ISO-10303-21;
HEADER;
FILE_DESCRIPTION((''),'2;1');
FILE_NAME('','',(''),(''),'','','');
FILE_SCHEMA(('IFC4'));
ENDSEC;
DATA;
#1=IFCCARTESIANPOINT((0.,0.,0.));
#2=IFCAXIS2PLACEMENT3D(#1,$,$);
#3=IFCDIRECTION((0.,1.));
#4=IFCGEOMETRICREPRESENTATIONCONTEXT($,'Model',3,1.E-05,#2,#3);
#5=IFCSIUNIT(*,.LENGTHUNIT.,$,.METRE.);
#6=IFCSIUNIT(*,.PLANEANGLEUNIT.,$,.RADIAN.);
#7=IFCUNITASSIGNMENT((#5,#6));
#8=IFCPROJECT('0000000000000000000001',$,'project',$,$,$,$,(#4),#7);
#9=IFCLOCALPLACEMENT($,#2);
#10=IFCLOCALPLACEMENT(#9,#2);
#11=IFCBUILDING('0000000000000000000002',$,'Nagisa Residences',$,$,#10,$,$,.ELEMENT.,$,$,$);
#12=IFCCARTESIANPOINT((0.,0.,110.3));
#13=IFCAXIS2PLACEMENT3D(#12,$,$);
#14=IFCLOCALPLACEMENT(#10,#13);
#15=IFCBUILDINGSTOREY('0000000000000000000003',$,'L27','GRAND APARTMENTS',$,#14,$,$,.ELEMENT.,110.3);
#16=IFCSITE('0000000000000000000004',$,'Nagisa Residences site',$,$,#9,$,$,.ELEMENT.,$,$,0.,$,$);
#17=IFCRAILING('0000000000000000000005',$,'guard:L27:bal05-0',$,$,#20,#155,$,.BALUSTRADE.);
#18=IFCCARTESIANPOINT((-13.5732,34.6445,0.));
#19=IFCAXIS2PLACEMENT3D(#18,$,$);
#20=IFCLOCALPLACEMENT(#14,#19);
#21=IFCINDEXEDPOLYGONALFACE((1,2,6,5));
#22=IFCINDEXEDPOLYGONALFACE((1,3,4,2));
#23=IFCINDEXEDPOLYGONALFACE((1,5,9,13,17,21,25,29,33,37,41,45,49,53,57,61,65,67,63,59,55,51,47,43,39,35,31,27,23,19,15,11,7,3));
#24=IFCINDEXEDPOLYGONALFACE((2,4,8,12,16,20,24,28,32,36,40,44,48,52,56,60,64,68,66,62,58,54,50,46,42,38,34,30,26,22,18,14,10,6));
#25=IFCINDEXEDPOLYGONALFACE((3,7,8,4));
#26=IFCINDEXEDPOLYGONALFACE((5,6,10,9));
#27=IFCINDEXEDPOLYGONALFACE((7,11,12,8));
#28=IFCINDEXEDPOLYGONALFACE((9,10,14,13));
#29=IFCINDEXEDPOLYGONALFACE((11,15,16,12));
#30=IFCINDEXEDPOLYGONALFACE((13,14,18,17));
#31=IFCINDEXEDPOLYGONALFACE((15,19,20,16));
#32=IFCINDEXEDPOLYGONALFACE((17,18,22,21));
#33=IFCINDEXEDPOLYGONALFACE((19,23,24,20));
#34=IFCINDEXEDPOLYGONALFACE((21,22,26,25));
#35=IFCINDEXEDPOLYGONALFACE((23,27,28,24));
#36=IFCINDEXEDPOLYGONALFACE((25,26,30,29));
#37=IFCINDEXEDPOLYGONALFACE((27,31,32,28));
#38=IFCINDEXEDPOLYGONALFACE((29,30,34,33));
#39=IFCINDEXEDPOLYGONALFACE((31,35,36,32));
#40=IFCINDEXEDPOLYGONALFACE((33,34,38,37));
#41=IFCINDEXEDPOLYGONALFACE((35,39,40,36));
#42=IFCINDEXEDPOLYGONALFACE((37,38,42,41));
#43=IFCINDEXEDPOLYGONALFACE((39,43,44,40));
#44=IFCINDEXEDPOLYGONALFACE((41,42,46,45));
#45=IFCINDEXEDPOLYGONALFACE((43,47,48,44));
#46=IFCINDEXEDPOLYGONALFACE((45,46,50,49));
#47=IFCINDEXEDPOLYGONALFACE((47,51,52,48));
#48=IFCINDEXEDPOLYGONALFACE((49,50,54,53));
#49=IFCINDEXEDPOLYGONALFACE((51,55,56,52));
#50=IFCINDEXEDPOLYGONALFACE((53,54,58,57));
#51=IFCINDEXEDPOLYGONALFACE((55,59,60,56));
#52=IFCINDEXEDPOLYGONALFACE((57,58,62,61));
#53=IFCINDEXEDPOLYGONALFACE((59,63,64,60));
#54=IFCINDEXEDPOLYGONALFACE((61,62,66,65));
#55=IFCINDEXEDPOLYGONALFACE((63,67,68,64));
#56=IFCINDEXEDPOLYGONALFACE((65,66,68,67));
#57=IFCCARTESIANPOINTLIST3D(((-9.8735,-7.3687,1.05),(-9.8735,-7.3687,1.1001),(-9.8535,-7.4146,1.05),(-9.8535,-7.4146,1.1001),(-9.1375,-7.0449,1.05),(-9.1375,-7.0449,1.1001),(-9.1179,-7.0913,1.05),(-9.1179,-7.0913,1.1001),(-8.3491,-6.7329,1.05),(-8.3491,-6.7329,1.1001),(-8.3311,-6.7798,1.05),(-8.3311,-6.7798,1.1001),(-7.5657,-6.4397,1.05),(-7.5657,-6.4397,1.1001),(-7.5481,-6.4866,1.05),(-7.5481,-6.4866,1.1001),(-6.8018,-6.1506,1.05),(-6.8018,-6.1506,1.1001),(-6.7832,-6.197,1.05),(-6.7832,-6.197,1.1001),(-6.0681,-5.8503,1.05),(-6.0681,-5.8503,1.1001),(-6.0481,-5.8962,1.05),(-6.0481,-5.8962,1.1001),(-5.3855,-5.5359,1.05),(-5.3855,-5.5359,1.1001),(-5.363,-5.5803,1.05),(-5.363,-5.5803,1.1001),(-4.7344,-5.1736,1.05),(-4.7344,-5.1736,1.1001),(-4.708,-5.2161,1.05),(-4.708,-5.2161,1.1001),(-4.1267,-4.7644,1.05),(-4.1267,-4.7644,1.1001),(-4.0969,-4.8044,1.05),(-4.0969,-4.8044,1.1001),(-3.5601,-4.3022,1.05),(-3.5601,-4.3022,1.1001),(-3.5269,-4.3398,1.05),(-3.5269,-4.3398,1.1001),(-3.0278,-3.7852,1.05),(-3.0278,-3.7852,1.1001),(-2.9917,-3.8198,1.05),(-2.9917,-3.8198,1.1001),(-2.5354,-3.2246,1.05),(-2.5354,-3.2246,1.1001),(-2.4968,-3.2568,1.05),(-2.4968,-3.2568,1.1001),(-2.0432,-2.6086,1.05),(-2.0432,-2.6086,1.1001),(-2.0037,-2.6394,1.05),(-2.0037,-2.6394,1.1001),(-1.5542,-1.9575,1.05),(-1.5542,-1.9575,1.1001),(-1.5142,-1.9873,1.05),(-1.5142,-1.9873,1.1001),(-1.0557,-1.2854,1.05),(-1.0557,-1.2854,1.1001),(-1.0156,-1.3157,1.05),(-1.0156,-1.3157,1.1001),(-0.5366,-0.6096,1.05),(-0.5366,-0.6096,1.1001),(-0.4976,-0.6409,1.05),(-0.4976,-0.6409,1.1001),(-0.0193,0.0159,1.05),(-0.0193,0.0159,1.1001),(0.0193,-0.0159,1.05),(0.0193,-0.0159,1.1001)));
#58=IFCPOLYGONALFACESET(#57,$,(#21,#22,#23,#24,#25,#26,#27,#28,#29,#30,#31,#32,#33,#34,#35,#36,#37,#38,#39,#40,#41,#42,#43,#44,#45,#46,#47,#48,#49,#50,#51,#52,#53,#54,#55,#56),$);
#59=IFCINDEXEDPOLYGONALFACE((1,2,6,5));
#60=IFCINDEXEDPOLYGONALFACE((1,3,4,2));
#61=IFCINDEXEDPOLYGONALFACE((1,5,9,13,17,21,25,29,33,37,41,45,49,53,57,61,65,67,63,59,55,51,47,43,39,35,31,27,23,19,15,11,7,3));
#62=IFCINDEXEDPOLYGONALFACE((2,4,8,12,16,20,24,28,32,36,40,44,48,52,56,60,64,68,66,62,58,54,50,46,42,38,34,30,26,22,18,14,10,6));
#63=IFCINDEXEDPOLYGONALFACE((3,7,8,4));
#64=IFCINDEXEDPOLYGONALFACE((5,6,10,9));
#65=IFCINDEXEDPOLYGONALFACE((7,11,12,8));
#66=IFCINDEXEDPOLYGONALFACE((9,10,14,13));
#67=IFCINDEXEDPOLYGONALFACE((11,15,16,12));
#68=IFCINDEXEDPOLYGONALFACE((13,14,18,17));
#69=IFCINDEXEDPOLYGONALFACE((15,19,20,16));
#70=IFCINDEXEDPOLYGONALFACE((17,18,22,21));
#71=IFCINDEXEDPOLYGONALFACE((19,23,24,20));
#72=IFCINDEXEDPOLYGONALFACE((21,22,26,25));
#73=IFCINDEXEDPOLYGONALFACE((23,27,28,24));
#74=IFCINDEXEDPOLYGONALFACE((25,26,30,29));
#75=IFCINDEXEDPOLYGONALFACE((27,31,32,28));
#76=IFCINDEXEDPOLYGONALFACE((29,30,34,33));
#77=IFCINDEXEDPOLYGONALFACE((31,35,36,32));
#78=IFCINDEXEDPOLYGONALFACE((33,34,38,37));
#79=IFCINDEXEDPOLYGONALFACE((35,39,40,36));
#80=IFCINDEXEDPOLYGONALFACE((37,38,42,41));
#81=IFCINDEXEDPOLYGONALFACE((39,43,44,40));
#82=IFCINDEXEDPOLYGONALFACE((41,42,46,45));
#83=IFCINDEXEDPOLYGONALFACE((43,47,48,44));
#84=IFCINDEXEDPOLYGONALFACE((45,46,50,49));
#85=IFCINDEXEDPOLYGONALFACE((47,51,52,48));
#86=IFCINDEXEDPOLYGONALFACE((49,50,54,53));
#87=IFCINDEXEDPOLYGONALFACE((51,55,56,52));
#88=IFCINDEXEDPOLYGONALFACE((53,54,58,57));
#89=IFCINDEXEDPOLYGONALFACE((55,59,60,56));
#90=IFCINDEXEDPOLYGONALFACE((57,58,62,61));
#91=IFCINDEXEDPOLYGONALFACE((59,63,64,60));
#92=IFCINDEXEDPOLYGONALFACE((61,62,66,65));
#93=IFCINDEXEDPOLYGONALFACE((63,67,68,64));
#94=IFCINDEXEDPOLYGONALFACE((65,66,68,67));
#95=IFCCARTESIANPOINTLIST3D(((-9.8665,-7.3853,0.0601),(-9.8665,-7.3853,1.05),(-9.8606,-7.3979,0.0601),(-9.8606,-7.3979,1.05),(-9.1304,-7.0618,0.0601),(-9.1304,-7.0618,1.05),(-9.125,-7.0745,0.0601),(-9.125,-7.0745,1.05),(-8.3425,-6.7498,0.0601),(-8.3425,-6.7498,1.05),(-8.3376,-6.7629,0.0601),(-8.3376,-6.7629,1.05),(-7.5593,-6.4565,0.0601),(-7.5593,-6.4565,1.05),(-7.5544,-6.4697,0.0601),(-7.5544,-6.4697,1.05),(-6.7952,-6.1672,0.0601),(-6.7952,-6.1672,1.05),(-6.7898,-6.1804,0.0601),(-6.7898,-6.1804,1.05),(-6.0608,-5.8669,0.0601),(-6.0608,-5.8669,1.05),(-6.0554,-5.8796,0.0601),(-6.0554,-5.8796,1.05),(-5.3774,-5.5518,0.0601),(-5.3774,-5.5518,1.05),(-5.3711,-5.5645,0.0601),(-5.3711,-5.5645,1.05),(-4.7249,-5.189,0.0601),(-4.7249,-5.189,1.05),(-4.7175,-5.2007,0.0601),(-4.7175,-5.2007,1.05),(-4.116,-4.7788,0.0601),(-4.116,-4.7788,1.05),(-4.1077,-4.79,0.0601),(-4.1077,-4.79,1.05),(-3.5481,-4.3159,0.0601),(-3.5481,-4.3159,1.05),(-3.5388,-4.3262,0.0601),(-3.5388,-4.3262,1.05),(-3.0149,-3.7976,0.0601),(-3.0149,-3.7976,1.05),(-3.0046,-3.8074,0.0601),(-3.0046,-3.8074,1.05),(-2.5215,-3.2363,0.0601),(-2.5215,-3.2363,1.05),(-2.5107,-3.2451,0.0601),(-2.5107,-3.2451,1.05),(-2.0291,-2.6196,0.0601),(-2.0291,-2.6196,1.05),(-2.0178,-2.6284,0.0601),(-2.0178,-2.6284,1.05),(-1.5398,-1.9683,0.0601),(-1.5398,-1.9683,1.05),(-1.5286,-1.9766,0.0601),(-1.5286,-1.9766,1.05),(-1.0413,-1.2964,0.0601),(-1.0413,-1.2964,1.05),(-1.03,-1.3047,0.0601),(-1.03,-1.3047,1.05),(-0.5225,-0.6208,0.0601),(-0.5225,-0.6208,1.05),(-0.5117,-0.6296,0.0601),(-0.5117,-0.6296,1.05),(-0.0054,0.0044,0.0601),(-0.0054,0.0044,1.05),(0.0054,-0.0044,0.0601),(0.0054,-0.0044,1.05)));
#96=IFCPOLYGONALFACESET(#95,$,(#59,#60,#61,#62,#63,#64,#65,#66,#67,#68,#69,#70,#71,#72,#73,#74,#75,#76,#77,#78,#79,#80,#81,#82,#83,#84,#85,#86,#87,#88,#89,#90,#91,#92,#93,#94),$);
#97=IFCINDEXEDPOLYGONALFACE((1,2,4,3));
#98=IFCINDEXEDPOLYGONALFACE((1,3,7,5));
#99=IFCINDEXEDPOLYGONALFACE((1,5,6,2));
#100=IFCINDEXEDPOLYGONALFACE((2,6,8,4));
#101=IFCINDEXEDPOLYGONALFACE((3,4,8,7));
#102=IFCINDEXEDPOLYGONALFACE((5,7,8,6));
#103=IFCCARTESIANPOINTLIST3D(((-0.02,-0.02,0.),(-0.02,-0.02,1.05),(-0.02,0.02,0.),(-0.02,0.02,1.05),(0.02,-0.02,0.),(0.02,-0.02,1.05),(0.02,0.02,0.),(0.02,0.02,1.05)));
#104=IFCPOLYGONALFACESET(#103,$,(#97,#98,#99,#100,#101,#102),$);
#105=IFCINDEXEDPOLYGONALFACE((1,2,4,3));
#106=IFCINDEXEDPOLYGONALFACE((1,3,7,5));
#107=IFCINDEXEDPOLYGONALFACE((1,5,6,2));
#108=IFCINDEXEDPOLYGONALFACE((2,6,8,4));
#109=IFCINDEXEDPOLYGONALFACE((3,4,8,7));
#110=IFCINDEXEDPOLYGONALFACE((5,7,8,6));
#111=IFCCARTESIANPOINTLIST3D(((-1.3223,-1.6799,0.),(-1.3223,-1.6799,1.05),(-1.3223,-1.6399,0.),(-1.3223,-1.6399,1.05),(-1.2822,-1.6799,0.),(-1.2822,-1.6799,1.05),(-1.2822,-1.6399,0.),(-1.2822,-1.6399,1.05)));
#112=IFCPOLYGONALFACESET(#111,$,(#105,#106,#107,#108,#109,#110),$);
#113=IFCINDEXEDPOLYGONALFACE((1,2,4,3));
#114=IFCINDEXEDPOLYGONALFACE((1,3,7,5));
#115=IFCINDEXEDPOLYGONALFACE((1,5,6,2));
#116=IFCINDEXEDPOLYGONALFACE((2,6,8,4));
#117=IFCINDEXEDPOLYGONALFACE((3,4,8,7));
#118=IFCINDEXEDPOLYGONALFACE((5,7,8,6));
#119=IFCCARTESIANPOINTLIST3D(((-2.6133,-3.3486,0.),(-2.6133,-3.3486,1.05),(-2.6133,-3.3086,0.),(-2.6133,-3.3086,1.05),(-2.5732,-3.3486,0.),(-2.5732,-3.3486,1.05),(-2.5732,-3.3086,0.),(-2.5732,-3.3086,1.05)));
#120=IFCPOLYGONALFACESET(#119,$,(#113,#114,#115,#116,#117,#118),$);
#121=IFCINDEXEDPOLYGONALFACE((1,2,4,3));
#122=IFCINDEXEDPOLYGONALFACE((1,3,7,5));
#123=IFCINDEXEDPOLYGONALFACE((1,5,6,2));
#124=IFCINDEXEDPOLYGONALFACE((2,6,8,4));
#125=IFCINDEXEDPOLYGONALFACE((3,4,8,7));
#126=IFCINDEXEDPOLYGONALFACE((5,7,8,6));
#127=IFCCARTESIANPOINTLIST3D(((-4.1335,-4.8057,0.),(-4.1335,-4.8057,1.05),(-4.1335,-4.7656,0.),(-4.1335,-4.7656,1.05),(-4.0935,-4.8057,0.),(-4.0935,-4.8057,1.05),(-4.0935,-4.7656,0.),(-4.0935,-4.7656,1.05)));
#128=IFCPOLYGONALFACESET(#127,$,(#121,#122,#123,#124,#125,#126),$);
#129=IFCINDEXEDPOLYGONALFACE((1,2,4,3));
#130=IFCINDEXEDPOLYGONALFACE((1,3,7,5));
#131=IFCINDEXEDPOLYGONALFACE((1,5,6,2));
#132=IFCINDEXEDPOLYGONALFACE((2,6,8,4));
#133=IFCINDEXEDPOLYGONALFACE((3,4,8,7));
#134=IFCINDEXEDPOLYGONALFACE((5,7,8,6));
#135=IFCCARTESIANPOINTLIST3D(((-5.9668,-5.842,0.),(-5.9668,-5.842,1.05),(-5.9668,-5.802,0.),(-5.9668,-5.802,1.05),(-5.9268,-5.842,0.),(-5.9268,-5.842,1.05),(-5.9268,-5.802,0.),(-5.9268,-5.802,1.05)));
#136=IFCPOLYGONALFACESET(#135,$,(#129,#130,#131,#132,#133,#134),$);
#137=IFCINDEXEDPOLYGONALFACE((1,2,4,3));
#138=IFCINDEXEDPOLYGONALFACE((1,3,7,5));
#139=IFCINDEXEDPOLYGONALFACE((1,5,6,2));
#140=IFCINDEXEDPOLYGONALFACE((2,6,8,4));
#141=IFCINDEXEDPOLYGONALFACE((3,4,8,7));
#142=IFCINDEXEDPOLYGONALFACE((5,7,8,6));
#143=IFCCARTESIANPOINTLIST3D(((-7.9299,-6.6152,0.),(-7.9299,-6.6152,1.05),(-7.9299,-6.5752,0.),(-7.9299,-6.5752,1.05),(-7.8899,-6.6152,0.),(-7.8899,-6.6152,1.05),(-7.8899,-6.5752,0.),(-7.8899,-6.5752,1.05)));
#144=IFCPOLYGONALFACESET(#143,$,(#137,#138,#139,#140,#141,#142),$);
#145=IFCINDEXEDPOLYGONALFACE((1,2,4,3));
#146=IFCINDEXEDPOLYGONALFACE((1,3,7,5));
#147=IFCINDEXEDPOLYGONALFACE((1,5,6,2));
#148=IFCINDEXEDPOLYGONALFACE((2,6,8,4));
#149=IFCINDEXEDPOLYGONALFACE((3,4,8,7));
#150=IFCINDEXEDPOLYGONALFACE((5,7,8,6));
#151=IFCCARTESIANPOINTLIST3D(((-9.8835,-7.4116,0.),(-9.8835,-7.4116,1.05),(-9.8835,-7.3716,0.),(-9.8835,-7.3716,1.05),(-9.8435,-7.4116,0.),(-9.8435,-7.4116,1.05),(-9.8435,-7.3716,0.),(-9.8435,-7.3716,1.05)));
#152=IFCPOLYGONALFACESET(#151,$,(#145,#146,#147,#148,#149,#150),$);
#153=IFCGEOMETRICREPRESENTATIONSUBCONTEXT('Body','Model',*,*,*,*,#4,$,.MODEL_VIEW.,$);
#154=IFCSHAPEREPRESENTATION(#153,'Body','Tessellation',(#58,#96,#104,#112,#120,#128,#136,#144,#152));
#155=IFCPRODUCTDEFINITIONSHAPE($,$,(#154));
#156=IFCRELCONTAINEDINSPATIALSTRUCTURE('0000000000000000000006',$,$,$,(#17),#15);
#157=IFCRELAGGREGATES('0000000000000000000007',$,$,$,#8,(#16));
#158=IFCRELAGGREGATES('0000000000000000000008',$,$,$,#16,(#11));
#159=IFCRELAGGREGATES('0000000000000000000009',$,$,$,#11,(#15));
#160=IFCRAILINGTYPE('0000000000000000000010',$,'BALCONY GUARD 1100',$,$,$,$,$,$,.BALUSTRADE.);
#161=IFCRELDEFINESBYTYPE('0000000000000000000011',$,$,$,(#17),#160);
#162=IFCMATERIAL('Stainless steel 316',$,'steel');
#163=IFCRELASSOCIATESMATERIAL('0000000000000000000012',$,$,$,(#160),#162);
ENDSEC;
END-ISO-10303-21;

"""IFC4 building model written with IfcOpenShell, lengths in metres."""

from ifc_helpers import new_model, si_unit, direction, frame, origin, origin_2d, place, context, subcontext, project, spatial, polyline, rectangle, outline, extrude, material, type_object, element, save


model = new_model("IFC4")

# Units and contexts
model_context = context("Model", 3, precision=1e-05, world=origin(), true_north=direction((0.0, 1.0)))
body_context = subcontext(model_context, "Body", "Model", "MODEL_VIEW")
ifc_project = project(units=[si_unit("LENGTHUNIT", "METRE"), si_unit("PLANEANGLEUNIT", "RADIAN")], contexts=[model_context])

# Site, building, storey
site_placement = place(None, origin())
site = spatial("IfcSite", under=ifc_project, at=site_placement, Name="Nagisa Residences site", CompositionType="ELEMENT", RefElevation=0.0)
building_placement = place(site_placement, origin())
building = spatial("IfcBuilding", under=site, at=building_placement, Name="Nagisa Residences", CompositionType="ELEMENT")
storey_placement = place(building_placement, frame((0.0, 0.0, 110.3)))
storey = spatial("IfcBuildingStorey", under=building, at=storey_placement, Name="L27", Description="GRAND APARTMENTS", CompositionType="ELEMENT", Elevation=110.3)

# Railing
ifc_material_1 = material(Name="Stainless steel 316", Category="steel")
railing_type = type_object("IfcRailingType", Name="BALCONY GUARD 1100", PredefinedType="BALUSTRADE", material=ifc_material_1)
railing_1_placement = place(storey_placement, frame((-13.5732, 34.6445, 0.0)))
element("IfcRailing", 1, at=railing_1_placement, inside=storey, type_object=railing_type, Name="guard:L27:bal05-0", PredefinedType="BALUSTRADE", context=body_context, shape_type="SweptSolid", body=[
    extrude(outline(polyline([(-0.4976, -0.6409), (0.0193, -0.0159), (-0.0193, 0.0159), (-0.5366, -0.6096), (-1.0557, -1.2854), (-1.5542, -1.9575), (-2.0432, -2.6086), (-2.5354, -3.2246), (-3.0278, -3.7852), (-3.5601, -4.3022), (-4.1267, -4.7644), (-4.7344, -5.1736), (-5.3855, -5.5359), (-6.0681, -5.8503), (-6.8018, -6.1506), (-7.5657, -6.4397), (-8.3491, -6.7329), (-9.1375, -7.0449), (-9.8735, -7.3687), (-9.8535, -7.4146), (-9.1179, -7.0913), (-8.3311, -6.7798), (-7.5481, -6.4866), (-6.7832, -6.197), (-6.0481, -5.8962), (-5.363, -5.5803), (-4.708, -5.2161), (-4.0969, -4.8044), (-3.5269, -4.3398), (-2.9917, -3.8198), (-2.4968, -3.2568), (-2.0037, -2.6394), (-1.5142, -1.9873), (-1.0156, -1.3157), (-0.4976, -0.6409)])), frame((0.0, 0.0, 1.05)), (0.0, 0.0, 1.0), 0.05),
    extrude(outline(polyline([(-0.5117, -0.6296), (0.0054, -0.0044), (-0.0054, 0.0044), (-0.5225, -0.6208), (-1.0413, -1.2964), (-1.5398, -1.9683), (-2.0291, -2.6196), (-2.5215, -3.2363), (-3.0149, -3.7976), (-3.5481, -4.3159), (-4.116, -4.7788), (-4.7249, -5.189), (-5.3774, -5.5518), (-6.0608, -5.8669), (-6.7952, -6.1672), (-7.5593, -6.4565), (-8.3425, -6.7498), (-9.1304, -7.0618), (-9.8665, -7.3853), (-9.8606, -7.3979), (-9.125, -7.0745), (-8.3376, -6.7629), (-7.5544, -6.4697), (-6.7898, -6.1804), (-6.0554, -5.8796), (-5.3711, -5.5645), (-4.7175, -5.2007), (-4.1077, -4.79), (-3.5388, -4.3262), (-3.0046, -3.8074), (-2.5107, -3.2451), (-2.0178, -2.6284), (-1.5286, -1.9766), (-1.03, -1.3047), (-0.5117, -0.6296)])), frame((0.0, 0.0, 0.0601)), (0.0, 0.0, 1.0), 0.99),
    extrude(rectangle(XDim=0.04, YDim=0.04, at=origin_2d()), origin(), (0.0, 0.0, 1.0), 1.05),
    extrude(rectangle(XDim=0.04, YDim=0.04, at=origin_2d()), frame((-1.3022, -1.6599, 0.0)), (0.0, 0.0, 1.0), 1.05),
    extrude(rectangle(XDim=0.04, YDim=0.04, at=origin_2d()), frame((-2.5933, -3.3286, 0.0)), (0.0, 0.0, 1.0), 1.05),
    extrude(rectangle(XDim=0.04, YDim=0.04, at=origin_2d()), frame((-4.1135, -4.7856, 0.0)), (0.0, 0.0, 1.0), 1.05),
    extrude(rectangle(XDim=0.04, YDim=0.04, at=origin_2d()), frame((-5.9468, -5.822, 0.0)), (0.0, 0.0, 1.0), 1.05),
    extrude(rectangle(XDim=0.04, YDim=0.04, at=origin_2d()), frame((-7.9099, -6.5952, 0.0)), (0.0, 0.0, 1.0), 1.05),
    extrude(rectangle(XDim=0.04, YDim=0.04, at=origin_2d()), frame((-9.8635, -7.3916, 0.0)), (0.0, 0.0, 1.0), 1.05),
])

save(model, "model.ifc")
